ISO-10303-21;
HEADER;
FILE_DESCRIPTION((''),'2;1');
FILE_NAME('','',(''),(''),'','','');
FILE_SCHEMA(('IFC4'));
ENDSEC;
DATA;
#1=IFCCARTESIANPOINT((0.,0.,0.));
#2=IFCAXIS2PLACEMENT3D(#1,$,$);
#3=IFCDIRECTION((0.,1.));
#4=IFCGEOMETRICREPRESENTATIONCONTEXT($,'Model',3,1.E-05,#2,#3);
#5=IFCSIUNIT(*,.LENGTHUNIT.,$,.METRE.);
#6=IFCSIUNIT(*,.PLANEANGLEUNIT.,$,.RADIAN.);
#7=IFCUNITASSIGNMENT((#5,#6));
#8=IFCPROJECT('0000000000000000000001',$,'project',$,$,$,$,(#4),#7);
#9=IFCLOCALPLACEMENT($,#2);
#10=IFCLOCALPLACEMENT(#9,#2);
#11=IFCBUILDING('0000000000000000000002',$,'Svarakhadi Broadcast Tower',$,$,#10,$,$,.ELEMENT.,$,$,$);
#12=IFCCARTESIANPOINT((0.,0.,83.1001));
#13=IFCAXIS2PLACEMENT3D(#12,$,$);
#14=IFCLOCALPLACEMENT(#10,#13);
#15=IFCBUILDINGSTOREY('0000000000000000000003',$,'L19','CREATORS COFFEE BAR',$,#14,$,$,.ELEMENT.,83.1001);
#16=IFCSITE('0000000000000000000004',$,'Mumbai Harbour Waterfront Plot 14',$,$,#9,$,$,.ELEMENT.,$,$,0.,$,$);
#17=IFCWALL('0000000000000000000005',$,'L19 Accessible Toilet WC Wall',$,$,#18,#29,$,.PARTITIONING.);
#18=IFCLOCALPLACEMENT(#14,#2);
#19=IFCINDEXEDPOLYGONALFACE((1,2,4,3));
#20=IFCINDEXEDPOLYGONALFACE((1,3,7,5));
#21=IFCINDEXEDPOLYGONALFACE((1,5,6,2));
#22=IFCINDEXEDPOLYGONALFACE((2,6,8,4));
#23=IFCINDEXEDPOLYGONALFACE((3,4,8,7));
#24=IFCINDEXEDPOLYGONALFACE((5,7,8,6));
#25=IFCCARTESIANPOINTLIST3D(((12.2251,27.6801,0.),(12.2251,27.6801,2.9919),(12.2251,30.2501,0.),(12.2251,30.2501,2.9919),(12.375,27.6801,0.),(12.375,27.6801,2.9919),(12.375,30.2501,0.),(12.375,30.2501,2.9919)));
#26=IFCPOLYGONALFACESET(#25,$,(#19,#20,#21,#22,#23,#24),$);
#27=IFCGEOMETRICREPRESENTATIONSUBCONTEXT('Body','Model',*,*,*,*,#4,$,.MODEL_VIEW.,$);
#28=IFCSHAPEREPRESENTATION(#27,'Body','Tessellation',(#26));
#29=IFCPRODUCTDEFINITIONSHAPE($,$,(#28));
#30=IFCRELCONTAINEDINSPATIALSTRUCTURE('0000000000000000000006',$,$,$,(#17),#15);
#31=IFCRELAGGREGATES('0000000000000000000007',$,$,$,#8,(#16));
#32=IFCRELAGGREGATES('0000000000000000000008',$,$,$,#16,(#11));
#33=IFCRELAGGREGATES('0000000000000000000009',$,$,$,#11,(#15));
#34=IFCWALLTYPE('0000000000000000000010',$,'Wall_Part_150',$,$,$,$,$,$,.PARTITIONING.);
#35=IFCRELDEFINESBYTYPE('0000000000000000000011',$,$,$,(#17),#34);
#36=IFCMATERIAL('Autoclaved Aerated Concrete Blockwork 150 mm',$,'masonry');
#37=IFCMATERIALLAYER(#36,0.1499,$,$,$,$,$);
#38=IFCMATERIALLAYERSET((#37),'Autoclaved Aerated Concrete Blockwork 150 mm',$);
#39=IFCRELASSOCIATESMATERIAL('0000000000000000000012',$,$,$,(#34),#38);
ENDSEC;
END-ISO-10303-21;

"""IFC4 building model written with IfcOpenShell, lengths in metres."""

from ifc_helpers import new_model, si_unit, direction, frame, frame_2d, origin, place, context, subcontext, project, spatial, rectangle, extrude, material, layer, layer_set, type_object, element, save


model = new_model("IFC4")

# Units and contexts
model_context = context("Model", 3, precision=1e-05, world=origin(), true_north=direction((0.0, 1.0)))
body_context = subcontext(model_context, "Body", "Model", "MODEL_VIEW")
ifc_project = project(units=[si_unit("LENGTHUNIT", "METRE"), si_unit("PLANEANGLEUNIT", "RADIAN")], contexts=[model_context])

# Site, building, storey
site_placement = place(None, origin())
site = spatial("IfcSite", under=ifc_project, at=site_placement, Name="Mumbai Harbour Waterfront Plot 14", CompositionType="ELEMENT", RefElevation=0.0)
building_placement = place(site_placement, origin())
building = spatial("IfcBuilding", under=site, at=building_placement, Name="Svarakhadi Broadcast Tower", CompositionType="ELEMENT")
storey_placement = place(building_placement, frame((0.0, 0.0, 83.1001)))
storey = spatial("IfcBuildingStorey", under=building, at=storey_placement, Name="L19", Description="CREATORS COFFEE BAR", CompositionType="ELEMENT", Elevation=83.1001)

# Shared definitions
ifc_material_1 = material(Name="Autoclaved Aerated Concrete Blockwork 150 mm", Category="masonry")
ifc_layer_1 = layer(ifc_material_1, 0.1499)
ifc_layer_set_1 = layer_set([ifc_layer_1], Name="Autoclaved Aerated Concrete Blockwork 150 mm")
wall_type_1 = type_object("IfcWallType", Name="Wall_Part_150", PredefinedType="PARTITIONING", material=ifc_layer_set_1)

# Wall
wall_1_placement = place(storey_placement, frame((12.3, 27.6799, 0.0), z_axis=(0.0, 0.0, 1.0), x_axis=(0.0, 1.0, 0.0)))
element("IfcWall", 1, at=wall_1_placement, inside=storey, type_object=wall_type_1, Name="L19 Accessible Toilet WC Wall", PredefinedType="PARTITIONING", context=body_context, shape_type="SweptSolid", body=[
    extrude(rectangle(XDim=2.5701, YDim=0.1499, at=frame_2d((1.2852, 0.0))), origin(), (0.0, 0.0, 1.0), 2.9919),
])

save(model, "model.ifc")
